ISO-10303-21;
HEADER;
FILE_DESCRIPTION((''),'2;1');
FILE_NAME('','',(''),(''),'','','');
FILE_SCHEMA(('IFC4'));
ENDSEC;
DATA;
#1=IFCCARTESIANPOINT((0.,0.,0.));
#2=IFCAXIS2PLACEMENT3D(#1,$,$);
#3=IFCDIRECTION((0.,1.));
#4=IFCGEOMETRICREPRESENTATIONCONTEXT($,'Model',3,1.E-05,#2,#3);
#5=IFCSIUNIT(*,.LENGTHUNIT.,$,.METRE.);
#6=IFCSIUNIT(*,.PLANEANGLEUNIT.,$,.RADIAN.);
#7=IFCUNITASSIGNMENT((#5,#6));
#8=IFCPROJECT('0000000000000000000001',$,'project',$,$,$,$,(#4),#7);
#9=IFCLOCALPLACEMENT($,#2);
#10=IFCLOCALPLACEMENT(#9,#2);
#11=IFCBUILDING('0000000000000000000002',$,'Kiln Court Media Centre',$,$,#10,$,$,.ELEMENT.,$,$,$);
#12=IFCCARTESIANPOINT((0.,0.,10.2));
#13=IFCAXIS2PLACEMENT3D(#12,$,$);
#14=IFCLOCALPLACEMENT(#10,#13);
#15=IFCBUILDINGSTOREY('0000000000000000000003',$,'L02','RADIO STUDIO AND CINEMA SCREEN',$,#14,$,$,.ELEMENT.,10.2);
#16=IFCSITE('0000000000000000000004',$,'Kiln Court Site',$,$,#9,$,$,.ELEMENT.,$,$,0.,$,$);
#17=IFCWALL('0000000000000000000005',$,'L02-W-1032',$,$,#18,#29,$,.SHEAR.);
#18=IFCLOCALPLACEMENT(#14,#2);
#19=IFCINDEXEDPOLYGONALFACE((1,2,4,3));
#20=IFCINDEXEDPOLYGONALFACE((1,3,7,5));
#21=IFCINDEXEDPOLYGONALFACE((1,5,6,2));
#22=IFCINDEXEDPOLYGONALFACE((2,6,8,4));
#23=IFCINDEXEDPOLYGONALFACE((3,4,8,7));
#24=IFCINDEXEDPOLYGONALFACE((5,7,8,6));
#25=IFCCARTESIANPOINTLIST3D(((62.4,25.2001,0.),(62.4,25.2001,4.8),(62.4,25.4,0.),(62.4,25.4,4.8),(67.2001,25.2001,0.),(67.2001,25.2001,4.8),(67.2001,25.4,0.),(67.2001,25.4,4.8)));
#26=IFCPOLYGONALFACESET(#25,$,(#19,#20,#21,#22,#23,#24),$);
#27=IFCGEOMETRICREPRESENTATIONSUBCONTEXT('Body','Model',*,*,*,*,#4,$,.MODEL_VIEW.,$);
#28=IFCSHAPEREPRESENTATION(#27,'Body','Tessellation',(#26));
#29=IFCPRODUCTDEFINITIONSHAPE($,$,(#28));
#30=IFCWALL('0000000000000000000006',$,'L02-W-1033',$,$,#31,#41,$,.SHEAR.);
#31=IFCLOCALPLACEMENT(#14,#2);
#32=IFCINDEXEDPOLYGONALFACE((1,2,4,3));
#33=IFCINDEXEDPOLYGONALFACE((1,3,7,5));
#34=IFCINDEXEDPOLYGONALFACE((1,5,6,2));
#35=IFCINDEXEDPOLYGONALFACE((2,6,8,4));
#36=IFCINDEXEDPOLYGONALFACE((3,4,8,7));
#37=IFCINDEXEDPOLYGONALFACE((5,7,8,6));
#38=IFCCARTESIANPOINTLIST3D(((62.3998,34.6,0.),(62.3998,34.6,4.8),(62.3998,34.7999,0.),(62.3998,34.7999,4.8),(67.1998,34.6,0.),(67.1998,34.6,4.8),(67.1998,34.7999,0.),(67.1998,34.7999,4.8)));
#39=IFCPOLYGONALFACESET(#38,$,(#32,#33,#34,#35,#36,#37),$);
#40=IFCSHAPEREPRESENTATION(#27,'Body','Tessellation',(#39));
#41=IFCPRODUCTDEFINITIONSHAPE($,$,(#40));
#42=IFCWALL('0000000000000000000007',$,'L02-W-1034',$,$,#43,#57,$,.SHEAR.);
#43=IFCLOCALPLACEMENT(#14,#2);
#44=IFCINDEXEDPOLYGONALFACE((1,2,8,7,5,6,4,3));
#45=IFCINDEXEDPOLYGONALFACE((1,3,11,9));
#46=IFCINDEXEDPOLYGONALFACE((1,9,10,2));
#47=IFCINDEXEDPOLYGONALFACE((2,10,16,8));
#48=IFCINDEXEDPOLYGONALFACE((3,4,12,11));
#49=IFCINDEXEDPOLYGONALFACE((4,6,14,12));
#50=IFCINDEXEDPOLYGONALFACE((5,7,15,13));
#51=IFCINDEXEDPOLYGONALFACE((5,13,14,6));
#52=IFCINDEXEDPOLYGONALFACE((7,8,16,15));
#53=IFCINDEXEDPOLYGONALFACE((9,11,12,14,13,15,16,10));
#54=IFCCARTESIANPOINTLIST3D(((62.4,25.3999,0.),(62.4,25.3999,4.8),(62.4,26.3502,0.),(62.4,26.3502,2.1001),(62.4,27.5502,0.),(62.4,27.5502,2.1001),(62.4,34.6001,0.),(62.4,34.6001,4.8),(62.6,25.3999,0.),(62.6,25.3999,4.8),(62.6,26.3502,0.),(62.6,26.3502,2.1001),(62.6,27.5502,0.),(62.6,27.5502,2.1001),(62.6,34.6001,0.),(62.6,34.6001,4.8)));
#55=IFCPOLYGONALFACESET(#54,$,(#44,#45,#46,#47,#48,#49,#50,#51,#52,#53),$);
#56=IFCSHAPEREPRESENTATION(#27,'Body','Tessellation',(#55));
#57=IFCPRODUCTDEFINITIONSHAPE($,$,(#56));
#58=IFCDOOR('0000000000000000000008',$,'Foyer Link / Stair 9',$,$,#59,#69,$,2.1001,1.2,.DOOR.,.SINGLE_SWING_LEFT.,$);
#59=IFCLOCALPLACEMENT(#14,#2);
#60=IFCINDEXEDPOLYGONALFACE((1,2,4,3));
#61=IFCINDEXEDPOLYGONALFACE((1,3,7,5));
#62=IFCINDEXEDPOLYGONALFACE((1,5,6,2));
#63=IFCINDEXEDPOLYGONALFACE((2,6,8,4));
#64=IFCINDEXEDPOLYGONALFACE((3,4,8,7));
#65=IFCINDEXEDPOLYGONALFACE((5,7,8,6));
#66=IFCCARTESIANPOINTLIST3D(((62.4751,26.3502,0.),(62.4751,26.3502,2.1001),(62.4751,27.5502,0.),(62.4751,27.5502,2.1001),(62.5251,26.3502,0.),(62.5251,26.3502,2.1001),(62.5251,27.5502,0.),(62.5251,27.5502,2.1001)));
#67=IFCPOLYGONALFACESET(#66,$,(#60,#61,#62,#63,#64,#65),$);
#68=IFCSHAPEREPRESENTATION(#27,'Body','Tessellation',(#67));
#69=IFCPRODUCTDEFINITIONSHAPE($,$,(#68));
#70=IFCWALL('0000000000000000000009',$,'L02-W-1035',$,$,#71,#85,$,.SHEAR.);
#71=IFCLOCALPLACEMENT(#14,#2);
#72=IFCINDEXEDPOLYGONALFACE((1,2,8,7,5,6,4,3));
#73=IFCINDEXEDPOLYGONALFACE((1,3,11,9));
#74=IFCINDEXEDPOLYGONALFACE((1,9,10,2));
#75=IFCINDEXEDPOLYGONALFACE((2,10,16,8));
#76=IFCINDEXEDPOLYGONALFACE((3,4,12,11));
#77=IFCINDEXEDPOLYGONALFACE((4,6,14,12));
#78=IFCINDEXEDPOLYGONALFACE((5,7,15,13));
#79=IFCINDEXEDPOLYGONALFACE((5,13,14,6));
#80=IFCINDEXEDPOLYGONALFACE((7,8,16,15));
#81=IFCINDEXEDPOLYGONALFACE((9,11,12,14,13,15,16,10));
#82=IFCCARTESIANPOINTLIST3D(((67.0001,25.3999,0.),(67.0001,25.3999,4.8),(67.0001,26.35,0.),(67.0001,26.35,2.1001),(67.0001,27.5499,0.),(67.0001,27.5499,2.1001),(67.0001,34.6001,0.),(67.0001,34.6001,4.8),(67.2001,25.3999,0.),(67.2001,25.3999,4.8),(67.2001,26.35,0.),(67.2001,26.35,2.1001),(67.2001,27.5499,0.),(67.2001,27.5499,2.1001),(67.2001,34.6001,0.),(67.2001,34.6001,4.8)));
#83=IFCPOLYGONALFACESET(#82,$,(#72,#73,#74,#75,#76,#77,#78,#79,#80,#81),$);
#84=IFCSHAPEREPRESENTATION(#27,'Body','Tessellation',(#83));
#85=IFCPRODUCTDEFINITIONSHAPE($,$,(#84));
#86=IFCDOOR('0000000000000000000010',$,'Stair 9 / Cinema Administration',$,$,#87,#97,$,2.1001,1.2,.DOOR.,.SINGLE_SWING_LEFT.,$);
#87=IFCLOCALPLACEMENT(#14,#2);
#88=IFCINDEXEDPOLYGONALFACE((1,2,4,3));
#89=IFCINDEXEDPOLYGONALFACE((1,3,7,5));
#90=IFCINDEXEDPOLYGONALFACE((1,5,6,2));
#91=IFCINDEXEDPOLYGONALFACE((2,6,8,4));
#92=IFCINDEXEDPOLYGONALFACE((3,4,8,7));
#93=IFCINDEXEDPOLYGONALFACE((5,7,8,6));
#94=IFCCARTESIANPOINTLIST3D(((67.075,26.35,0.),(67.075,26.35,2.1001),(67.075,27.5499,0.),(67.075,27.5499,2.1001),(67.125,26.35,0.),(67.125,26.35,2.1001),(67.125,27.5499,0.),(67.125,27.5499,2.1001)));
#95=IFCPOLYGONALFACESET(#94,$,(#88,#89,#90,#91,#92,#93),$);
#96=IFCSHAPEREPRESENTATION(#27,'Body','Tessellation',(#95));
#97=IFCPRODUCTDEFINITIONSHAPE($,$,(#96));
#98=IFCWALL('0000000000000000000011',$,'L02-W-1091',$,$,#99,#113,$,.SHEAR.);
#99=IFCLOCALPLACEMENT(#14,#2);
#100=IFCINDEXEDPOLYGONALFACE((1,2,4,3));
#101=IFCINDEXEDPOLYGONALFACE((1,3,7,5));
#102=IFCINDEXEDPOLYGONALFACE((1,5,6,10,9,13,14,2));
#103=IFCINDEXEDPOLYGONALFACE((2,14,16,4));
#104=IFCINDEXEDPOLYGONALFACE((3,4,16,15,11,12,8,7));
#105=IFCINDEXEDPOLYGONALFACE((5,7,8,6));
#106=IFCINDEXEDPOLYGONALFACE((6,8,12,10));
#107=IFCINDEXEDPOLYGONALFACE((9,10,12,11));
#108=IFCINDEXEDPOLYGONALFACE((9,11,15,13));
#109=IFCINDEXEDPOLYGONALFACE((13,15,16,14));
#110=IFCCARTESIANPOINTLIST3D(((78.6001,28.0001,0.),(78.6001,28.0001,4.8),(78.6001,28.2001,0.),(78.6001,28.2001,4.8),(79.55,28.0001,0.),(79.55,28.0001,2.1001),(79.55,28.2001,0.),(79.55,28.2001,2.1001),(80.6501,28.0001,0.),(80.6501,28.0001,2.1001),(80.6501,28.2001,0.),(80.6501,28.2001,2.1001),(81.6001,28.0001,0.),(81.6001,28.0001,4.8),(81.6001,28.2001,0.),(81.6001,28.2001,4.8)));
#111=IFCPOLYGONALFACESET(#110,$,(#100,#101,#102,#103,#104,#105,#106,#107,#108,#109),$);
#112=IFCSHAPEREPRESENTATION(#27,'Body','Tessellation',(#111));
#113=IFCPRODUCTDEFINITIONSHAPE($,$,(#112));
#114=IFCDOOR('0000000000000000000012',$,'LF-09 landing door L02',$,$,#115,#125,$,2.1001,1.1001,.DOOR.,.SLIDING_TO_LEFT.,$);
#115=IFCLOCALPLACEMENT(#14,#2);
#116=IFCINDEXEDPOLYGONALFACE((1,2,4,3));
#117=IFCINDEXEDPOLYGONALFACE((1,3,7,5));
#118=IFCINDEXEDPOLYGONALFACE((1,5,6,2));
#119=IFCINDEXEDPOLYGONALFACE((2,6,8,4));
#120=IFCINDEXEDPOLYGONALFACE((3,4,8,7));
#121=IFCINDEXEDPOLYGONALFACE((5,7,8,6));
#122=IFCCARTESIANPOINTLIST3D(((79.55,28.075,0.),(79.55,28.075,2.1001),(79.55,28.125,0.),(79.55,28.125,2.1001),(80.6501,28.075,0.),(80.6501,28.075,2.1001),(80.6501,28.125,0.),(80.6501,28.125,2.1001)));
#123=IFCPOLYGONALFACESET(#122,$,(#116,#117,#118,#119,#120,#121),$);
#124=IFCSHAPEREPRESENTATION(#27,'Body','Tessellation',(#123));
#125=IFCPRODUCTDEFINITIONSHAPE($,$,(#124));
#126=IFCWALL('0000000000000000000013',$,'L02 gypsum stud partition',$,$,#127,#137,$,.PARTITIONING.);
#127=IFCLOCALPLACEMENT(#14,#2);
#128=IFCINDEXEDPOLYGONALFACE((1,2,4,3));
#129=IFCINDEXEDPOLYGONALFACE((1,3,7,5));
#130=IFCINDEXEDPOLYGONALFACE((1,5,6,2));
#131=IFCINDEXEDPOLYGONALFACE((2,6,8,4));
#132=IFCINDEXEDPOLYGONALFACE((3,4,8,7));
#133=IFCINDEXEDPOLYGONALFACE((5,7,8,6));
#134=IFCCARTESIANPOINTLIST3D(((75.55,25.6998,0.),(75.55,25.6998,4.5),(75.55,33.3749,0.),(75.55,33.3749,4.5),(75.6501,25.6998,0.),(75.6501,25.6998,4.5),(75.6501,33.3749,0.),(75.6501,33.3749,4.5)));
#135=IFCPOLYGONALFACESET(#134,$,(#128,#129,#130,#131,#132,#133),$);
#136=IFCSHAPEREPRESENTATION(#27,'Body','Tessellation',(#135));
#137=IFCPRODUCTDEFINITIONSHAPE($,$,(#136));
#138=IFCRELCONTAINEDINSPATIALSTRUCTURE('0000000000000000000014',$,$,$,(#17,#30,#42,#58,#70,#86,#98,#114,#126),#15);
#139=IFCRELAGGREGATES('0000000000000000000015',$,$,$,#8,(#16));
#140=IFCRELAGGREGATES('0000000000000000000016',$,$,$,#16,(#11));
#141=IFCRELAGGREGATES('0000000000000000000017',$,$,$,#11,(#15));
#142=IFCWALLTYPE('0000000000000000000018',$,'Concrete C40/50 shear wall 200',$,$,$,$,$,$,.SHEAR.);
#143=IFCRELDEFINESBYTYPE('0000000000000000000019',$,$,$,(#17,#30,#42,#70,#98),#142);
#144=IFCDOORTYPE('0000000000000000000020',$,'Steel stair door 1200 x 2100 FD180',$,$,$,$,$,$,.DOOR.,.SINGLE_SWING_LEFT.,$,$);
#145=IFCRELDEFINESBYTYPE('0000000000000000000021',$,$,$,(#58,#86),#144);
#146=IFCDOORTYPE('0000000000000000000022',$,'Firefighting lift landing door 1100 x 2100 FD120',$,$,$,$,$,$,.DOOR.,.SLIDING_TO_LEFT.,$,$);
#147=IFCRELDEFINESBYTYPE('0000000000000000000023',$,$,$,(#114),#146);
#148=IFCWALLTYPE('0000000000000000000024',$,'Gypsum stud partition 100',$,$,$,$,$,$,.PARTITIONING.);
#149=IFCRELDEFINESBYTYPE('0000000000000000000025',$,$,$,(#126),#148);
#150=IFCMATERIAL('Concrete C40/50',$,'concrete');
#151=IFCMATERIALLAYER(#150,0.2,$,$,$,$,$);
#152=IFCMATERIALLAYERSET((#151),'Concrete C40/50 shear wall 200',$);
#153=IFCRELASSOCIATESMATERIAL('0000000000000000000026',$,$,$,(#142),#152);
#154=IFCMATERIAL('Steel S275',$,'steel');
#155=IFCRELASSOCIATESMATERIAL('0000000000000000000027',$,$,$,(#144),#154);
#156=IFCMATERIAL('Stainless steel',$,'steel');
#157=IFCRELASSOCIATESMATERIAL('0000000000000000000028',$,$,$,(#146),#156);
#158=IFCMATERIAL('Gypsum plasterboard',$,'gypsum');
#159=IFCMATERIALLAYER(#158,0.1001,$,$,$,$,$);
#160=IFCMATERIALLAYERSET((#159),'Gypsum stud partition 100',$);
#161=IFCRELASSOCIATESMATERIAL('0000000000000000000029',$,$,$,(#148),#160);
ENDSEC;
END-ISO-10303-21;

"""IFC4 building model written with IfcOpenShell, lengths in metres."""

from ifc_helpers import new_model, si_unit, direction, frame, frame_2d, origin, place, context, subcontext, project, spatial, rectangle, extrude, material, layer, layer_set, type_object, element, fill, save


model = new_model("IFC4")

# Units and contexts
model_context = context("Model", 3, precision=1e-05, world=origin(), true_north=direction((0.0, 1.0)))
body_context = subcontext(model_context, "Body", "Model", "MODEL_VIEW")
ifc_project = project(units=[si_unit("LENGTHUNIT", "METRE"), si_unit("PLANEANGLEUNIT", "RADIAN")], contexts=[model_context])

# Site, building, storey
site_placement = place(None, origin())
site = spatial("IfcSite", under=ifc_project, at=site_placement, Name="Kiln Court Site", CompositionType="ELEMENT", RefElevation=0.0)
building_placement = place(site_placement, origin())
building = spatial("IfcBuilding", under=site, at=building_placement, Name="Kiln Court Media Centre", CompositionType="ELEMENT")
storey_placement = place(building_placement, frame((0.0, 0.0, 10.2)))
storey = spatial("IfcBuildingStorey", under=building, at=storey_placement, Name="L02", Description="RADIO STUDIO AND CINEMA SCREEN", CompositionType="ELEMENT", Elevation=10.2)

# Walls
ifc_material_1 = material(Name="Concrete C40/50", Category="concrete")
ifc_layer_1 = layer(ifc_material_1, 0.2)
ifc_layer_set_1 = layer_set([ifc_layer_1], Name="Concrete C40/50 shear wall 200")
wall_type_1 = type_object("IfcWallType", Name="Concrete C40/50 shear wall 200", PredefinedType="SHEAR", material=ifc_layer_set_1)
for number, where, z_axis, x_axis, name in (
    (1, (67.2, 25.3, 0.0), (0.0, 0.0, 1.0), (-1.0, 0.0, 0.0), "L02-W-1032"),
    (2, (62.3999, 34.7, 0.0), (0.0, 0.0, 1.0), (1.0, 0.0, 0.0), "L02-W-1033"),
):
    element("IfcWall", number, at=place(storey_placement, frame(where, z_axis=z_axis, x_axis=x_axis)), inside=storey, type_object=wall_type_1, Name=name, PredefinedType="SHEAR", context=body_context, shape_type="SweptSolid", body=[
        extrude(rectangle(XDim=4.8, YDim=0.2, at=frame_2d((2.3999, 0.0))), origin(), (0.0, 0.0, 1.0), 4.8),
    ])

# Walls, openings, doors
wall_1_placement = place(storey_placement, frame((62.5, 25.3999, 0.0), z_axis=(0.0, 0.0, 1.0), x_axis=(0.0, 1.0, 0.0)))
wall_1 = element("IfcWall", 3, at=wall_1_placement, inside=storey, type_object=wall_type_1, Name="L02-W-1034", PredefinedType="SHEAR", context=body_context, shape_type="SweptSolid", body=[
    extrude(rectangle(XDim=9.2002, YDim=0.2, at=frame_2d((4.6001, 0.0))), origin(), (0.0, 0.0, 1.0), 4.8),
])
opening_1_placement = place(wall_1_placement, frame((0.9502, 0.0, 0.0)))
opening_1 = element("IfcOpeningElement", 4, at=opening_1_placement, cuts=wall_1, PredefinedType="OPENING", context=body_context, shape_type="SweptSolid", body=[
    extrude(rectangle(XDim=1.2, YDim=2.1001, at=frame_2d((0.6001, 1.05))), frame((0.0, 0.1099, 0.0), z_axis=(0.0, -1.0, 0.0), x_axis=(1.0, 0.0, 0.0)), (0.0, 0.0, 1.0), 0.22),
])
ifc_material_2 = material(Name="Steel S275", Category="steel")
door_type_1 = type_object("IfcDoorType", Name="Steel stair door 1200 x 2100 FD180", OperationType="SINGLE_SWING_LEFT", PredefinedType="DOOR", material=ifc_material_2)
door_1_placement = place(opening_1_placement, origin())
door_1 = element("IfcDoor", 5, at=door_1_placement, inside=storey, type_object=door_type_1, Name="Foyer Link / Stair 9", OperationType="SINGLE_SWING_LEFT", OverallHeight=2.1001, OverallWidth=1.2, PredefinedType="DOOR", context=body_context, shape_type="SweptSolid", body=[
    extrude(rectangle(XDim=1.2, YDim=2.1001, at=frame_2d((0.6001, 1.05))), frame((0.0, 0.0249, 0.0), z_axis=(0.0, -1.0, 0.0), x_axis=(1.0, 0.0, 0.0)), (0.0, 0.0, 1.0), 0.05),
])
fill(opening_1, door_1)
wall_2_placement = place(storey_placement, frame((67.1001, 34.6001, 0.0), z_axis=(0.0, 0.0, 1.0), x_axis=(0.0, -1.0, 0.0)))
wall_2 = element("IfcWall", 6, at=wall_2_placement, inside=storey, type_object=wall_type_1, Name="L02-W-1035", PredefinedType="SHEAR", context=body_context, shape_type="SweptSolid", body=[
    extrude(rectangle(XDim=9.2002, YDim=0.2, at=frame_2d((4.6001, 0.0))), origin(), (0.0, 0.0, 1.0), 4.8),
])
opening_2_placement = place(wall_2_placement, frame((7.05, 0.0, 0.0)))
opening_2 = element("IfcOpeningElement", 7, at=opening_2_placement, cuts=wall_2, PredefinedType="OPENING", context=body_context, shape_type="SweptSolid", body=[
    extrude(rectangle(XDim=1.2, YDim=2.1001, at=frame_2d((0.6001, 1.05))), frame((0.0, 0.1099, 0.0), z_axis=(0.0, -1.0, 0.0), x_axis=(1.0, 0.0, 0.0)), (0.0, 0.0, 1.0), 0.22),
])
door_2_placement = place(opening_2_placement, origin())
door_2 = element("IfcDoor", 8, at=door_2_placement, inside=storey, type_object=door_type_1, Name="Stair 9 / Cinema Administration", OperationType="SINGLE_SWING_LEFT", OverallHeight=2.1001, OverallWidth=1.2, PredefinedType="DOOR", context=body_context, shape_type="SweptSolid", body=[
    extrude(rectangle(XDim=1.2, YDim=2.1001, at=frame_2d((0.6001, 1.05))), frame((0.0, 0.0249, 0.0), z_axis=(0.0, -1.0, 0.0), x_axis=(1.0, 0.0, 0.0)), (0.0, 0.0, 1.0), 0.05),
])
fill(opening_2, door_2)
wall_3_placement = place(storey_placement, frame((78.6001, 28.1001, 0.0), z_axis=(0.0, 0.0, 1.0), x_axis=(1.0, 0.0, 0.0)))
wall_3 = element("IfcWall", 9, at=wall_3_placement, inside=storey, type_object=wall_type_1, Name="L02-W-1091", PredefinedType="SHEAR", context=body_context, shape_type="SweptSolid", body=[
    extrude(rectangle(XDim=3.0, YDim=0.2, at=frame_2d((1.5, 0.0))), origin(), (0.0, 0.0, 1.0), 4.8),
])
opening_3_placement = place(wall_3_placement, frame((0.95, 0.0, 0.0)))
opening_3 = element("IfcOpeningElement", 10, at=opening_3_placement, cuts=wall_3, PredefinedType="OPENING", context=body_context, shape_type="SweptSolid", body=[
    extrude(rectangle(XDim=1.1001, YDim=2.1001, at=frame_2d((0.55, 1.05))), frame((0.0, 0.1099, 0.0), z_axis=(0.0, -1.0, 0.0), x_axis=(1.0, 0.0, 0.0)), (0.0, 0.0, 1.0), 0.22),
])
ifc_material_3 = material(Name="Stainless steel", Category="steel")
door_type_2 = type_object("IfcDoorType", Name="Firefighting lift landing door 1100 x 2100 FD120", OperationType="SLIDING_TO_LEFT", PredefinedType="DOOR", material=ifc_material_3)
door_3_placement = place(opening_3_placement, origin())
door_3 = element("IfcDoor", 11, at=door_3_placement, inside=storey, type_object=door_type_2, Name="LF-09 landing door L02", OperationType="SLIDING_TO_LEFT", OverallHeight=2.1001, OverallWidth=1.1001, PredefinedType="DOOR", context=body_context, shape_type="SweptSolid", body=[
    extrude(rectangle(XDim=1.1001, YDim=2.1001, at=frame_2d((0.55, 1.05))), frame((0.0, 0.0249, 0.0), z_axis=(0.0, -1.0, 0.0), x_axis=(1.0, 0.0, 0.0)), (0.0, 0.0, 1.0), 0.05),
])
fill(opening_3, door_3)

# Wall
ifc_material_4 = material(Name="Gypsum plasterboard", Category="gypsum")
ifc_layer_2 = layer(ifc_material_4, 0.1001)
ifc_layer_set_2 = layer_set([ifc_layer_2], Name="Gypsum stud partition 100")
wall_type_2 = type_object("IfcWallType", Name="Gypsum stud partition 100", PredefinedType="PARTITIONING", material=ifc_layer_set_2)
wall_4_placement = place(storey_placement, frame((75.6001, 25.7, 0.0), z_axis=(0.0, 0.0, 1.0), x_axis=(0.0, 1.0, 0.0)))
element("IfcWall", 12, at=wall_4_placement, inside=storey, type_object=wall_type_2, Name="L02 gypsum stud partition", PredefinedType="PARTITIONING", context=body_context, shape_type="SweptSolid", body=[
    extrude(rectangle(XDim=7.675, YDim=0.1001, at=frame_2d((3.8374, 0.0))), origin(), (0.0, 0.0, 1.0), 4.5),
])

save(model, "model.ifc")
